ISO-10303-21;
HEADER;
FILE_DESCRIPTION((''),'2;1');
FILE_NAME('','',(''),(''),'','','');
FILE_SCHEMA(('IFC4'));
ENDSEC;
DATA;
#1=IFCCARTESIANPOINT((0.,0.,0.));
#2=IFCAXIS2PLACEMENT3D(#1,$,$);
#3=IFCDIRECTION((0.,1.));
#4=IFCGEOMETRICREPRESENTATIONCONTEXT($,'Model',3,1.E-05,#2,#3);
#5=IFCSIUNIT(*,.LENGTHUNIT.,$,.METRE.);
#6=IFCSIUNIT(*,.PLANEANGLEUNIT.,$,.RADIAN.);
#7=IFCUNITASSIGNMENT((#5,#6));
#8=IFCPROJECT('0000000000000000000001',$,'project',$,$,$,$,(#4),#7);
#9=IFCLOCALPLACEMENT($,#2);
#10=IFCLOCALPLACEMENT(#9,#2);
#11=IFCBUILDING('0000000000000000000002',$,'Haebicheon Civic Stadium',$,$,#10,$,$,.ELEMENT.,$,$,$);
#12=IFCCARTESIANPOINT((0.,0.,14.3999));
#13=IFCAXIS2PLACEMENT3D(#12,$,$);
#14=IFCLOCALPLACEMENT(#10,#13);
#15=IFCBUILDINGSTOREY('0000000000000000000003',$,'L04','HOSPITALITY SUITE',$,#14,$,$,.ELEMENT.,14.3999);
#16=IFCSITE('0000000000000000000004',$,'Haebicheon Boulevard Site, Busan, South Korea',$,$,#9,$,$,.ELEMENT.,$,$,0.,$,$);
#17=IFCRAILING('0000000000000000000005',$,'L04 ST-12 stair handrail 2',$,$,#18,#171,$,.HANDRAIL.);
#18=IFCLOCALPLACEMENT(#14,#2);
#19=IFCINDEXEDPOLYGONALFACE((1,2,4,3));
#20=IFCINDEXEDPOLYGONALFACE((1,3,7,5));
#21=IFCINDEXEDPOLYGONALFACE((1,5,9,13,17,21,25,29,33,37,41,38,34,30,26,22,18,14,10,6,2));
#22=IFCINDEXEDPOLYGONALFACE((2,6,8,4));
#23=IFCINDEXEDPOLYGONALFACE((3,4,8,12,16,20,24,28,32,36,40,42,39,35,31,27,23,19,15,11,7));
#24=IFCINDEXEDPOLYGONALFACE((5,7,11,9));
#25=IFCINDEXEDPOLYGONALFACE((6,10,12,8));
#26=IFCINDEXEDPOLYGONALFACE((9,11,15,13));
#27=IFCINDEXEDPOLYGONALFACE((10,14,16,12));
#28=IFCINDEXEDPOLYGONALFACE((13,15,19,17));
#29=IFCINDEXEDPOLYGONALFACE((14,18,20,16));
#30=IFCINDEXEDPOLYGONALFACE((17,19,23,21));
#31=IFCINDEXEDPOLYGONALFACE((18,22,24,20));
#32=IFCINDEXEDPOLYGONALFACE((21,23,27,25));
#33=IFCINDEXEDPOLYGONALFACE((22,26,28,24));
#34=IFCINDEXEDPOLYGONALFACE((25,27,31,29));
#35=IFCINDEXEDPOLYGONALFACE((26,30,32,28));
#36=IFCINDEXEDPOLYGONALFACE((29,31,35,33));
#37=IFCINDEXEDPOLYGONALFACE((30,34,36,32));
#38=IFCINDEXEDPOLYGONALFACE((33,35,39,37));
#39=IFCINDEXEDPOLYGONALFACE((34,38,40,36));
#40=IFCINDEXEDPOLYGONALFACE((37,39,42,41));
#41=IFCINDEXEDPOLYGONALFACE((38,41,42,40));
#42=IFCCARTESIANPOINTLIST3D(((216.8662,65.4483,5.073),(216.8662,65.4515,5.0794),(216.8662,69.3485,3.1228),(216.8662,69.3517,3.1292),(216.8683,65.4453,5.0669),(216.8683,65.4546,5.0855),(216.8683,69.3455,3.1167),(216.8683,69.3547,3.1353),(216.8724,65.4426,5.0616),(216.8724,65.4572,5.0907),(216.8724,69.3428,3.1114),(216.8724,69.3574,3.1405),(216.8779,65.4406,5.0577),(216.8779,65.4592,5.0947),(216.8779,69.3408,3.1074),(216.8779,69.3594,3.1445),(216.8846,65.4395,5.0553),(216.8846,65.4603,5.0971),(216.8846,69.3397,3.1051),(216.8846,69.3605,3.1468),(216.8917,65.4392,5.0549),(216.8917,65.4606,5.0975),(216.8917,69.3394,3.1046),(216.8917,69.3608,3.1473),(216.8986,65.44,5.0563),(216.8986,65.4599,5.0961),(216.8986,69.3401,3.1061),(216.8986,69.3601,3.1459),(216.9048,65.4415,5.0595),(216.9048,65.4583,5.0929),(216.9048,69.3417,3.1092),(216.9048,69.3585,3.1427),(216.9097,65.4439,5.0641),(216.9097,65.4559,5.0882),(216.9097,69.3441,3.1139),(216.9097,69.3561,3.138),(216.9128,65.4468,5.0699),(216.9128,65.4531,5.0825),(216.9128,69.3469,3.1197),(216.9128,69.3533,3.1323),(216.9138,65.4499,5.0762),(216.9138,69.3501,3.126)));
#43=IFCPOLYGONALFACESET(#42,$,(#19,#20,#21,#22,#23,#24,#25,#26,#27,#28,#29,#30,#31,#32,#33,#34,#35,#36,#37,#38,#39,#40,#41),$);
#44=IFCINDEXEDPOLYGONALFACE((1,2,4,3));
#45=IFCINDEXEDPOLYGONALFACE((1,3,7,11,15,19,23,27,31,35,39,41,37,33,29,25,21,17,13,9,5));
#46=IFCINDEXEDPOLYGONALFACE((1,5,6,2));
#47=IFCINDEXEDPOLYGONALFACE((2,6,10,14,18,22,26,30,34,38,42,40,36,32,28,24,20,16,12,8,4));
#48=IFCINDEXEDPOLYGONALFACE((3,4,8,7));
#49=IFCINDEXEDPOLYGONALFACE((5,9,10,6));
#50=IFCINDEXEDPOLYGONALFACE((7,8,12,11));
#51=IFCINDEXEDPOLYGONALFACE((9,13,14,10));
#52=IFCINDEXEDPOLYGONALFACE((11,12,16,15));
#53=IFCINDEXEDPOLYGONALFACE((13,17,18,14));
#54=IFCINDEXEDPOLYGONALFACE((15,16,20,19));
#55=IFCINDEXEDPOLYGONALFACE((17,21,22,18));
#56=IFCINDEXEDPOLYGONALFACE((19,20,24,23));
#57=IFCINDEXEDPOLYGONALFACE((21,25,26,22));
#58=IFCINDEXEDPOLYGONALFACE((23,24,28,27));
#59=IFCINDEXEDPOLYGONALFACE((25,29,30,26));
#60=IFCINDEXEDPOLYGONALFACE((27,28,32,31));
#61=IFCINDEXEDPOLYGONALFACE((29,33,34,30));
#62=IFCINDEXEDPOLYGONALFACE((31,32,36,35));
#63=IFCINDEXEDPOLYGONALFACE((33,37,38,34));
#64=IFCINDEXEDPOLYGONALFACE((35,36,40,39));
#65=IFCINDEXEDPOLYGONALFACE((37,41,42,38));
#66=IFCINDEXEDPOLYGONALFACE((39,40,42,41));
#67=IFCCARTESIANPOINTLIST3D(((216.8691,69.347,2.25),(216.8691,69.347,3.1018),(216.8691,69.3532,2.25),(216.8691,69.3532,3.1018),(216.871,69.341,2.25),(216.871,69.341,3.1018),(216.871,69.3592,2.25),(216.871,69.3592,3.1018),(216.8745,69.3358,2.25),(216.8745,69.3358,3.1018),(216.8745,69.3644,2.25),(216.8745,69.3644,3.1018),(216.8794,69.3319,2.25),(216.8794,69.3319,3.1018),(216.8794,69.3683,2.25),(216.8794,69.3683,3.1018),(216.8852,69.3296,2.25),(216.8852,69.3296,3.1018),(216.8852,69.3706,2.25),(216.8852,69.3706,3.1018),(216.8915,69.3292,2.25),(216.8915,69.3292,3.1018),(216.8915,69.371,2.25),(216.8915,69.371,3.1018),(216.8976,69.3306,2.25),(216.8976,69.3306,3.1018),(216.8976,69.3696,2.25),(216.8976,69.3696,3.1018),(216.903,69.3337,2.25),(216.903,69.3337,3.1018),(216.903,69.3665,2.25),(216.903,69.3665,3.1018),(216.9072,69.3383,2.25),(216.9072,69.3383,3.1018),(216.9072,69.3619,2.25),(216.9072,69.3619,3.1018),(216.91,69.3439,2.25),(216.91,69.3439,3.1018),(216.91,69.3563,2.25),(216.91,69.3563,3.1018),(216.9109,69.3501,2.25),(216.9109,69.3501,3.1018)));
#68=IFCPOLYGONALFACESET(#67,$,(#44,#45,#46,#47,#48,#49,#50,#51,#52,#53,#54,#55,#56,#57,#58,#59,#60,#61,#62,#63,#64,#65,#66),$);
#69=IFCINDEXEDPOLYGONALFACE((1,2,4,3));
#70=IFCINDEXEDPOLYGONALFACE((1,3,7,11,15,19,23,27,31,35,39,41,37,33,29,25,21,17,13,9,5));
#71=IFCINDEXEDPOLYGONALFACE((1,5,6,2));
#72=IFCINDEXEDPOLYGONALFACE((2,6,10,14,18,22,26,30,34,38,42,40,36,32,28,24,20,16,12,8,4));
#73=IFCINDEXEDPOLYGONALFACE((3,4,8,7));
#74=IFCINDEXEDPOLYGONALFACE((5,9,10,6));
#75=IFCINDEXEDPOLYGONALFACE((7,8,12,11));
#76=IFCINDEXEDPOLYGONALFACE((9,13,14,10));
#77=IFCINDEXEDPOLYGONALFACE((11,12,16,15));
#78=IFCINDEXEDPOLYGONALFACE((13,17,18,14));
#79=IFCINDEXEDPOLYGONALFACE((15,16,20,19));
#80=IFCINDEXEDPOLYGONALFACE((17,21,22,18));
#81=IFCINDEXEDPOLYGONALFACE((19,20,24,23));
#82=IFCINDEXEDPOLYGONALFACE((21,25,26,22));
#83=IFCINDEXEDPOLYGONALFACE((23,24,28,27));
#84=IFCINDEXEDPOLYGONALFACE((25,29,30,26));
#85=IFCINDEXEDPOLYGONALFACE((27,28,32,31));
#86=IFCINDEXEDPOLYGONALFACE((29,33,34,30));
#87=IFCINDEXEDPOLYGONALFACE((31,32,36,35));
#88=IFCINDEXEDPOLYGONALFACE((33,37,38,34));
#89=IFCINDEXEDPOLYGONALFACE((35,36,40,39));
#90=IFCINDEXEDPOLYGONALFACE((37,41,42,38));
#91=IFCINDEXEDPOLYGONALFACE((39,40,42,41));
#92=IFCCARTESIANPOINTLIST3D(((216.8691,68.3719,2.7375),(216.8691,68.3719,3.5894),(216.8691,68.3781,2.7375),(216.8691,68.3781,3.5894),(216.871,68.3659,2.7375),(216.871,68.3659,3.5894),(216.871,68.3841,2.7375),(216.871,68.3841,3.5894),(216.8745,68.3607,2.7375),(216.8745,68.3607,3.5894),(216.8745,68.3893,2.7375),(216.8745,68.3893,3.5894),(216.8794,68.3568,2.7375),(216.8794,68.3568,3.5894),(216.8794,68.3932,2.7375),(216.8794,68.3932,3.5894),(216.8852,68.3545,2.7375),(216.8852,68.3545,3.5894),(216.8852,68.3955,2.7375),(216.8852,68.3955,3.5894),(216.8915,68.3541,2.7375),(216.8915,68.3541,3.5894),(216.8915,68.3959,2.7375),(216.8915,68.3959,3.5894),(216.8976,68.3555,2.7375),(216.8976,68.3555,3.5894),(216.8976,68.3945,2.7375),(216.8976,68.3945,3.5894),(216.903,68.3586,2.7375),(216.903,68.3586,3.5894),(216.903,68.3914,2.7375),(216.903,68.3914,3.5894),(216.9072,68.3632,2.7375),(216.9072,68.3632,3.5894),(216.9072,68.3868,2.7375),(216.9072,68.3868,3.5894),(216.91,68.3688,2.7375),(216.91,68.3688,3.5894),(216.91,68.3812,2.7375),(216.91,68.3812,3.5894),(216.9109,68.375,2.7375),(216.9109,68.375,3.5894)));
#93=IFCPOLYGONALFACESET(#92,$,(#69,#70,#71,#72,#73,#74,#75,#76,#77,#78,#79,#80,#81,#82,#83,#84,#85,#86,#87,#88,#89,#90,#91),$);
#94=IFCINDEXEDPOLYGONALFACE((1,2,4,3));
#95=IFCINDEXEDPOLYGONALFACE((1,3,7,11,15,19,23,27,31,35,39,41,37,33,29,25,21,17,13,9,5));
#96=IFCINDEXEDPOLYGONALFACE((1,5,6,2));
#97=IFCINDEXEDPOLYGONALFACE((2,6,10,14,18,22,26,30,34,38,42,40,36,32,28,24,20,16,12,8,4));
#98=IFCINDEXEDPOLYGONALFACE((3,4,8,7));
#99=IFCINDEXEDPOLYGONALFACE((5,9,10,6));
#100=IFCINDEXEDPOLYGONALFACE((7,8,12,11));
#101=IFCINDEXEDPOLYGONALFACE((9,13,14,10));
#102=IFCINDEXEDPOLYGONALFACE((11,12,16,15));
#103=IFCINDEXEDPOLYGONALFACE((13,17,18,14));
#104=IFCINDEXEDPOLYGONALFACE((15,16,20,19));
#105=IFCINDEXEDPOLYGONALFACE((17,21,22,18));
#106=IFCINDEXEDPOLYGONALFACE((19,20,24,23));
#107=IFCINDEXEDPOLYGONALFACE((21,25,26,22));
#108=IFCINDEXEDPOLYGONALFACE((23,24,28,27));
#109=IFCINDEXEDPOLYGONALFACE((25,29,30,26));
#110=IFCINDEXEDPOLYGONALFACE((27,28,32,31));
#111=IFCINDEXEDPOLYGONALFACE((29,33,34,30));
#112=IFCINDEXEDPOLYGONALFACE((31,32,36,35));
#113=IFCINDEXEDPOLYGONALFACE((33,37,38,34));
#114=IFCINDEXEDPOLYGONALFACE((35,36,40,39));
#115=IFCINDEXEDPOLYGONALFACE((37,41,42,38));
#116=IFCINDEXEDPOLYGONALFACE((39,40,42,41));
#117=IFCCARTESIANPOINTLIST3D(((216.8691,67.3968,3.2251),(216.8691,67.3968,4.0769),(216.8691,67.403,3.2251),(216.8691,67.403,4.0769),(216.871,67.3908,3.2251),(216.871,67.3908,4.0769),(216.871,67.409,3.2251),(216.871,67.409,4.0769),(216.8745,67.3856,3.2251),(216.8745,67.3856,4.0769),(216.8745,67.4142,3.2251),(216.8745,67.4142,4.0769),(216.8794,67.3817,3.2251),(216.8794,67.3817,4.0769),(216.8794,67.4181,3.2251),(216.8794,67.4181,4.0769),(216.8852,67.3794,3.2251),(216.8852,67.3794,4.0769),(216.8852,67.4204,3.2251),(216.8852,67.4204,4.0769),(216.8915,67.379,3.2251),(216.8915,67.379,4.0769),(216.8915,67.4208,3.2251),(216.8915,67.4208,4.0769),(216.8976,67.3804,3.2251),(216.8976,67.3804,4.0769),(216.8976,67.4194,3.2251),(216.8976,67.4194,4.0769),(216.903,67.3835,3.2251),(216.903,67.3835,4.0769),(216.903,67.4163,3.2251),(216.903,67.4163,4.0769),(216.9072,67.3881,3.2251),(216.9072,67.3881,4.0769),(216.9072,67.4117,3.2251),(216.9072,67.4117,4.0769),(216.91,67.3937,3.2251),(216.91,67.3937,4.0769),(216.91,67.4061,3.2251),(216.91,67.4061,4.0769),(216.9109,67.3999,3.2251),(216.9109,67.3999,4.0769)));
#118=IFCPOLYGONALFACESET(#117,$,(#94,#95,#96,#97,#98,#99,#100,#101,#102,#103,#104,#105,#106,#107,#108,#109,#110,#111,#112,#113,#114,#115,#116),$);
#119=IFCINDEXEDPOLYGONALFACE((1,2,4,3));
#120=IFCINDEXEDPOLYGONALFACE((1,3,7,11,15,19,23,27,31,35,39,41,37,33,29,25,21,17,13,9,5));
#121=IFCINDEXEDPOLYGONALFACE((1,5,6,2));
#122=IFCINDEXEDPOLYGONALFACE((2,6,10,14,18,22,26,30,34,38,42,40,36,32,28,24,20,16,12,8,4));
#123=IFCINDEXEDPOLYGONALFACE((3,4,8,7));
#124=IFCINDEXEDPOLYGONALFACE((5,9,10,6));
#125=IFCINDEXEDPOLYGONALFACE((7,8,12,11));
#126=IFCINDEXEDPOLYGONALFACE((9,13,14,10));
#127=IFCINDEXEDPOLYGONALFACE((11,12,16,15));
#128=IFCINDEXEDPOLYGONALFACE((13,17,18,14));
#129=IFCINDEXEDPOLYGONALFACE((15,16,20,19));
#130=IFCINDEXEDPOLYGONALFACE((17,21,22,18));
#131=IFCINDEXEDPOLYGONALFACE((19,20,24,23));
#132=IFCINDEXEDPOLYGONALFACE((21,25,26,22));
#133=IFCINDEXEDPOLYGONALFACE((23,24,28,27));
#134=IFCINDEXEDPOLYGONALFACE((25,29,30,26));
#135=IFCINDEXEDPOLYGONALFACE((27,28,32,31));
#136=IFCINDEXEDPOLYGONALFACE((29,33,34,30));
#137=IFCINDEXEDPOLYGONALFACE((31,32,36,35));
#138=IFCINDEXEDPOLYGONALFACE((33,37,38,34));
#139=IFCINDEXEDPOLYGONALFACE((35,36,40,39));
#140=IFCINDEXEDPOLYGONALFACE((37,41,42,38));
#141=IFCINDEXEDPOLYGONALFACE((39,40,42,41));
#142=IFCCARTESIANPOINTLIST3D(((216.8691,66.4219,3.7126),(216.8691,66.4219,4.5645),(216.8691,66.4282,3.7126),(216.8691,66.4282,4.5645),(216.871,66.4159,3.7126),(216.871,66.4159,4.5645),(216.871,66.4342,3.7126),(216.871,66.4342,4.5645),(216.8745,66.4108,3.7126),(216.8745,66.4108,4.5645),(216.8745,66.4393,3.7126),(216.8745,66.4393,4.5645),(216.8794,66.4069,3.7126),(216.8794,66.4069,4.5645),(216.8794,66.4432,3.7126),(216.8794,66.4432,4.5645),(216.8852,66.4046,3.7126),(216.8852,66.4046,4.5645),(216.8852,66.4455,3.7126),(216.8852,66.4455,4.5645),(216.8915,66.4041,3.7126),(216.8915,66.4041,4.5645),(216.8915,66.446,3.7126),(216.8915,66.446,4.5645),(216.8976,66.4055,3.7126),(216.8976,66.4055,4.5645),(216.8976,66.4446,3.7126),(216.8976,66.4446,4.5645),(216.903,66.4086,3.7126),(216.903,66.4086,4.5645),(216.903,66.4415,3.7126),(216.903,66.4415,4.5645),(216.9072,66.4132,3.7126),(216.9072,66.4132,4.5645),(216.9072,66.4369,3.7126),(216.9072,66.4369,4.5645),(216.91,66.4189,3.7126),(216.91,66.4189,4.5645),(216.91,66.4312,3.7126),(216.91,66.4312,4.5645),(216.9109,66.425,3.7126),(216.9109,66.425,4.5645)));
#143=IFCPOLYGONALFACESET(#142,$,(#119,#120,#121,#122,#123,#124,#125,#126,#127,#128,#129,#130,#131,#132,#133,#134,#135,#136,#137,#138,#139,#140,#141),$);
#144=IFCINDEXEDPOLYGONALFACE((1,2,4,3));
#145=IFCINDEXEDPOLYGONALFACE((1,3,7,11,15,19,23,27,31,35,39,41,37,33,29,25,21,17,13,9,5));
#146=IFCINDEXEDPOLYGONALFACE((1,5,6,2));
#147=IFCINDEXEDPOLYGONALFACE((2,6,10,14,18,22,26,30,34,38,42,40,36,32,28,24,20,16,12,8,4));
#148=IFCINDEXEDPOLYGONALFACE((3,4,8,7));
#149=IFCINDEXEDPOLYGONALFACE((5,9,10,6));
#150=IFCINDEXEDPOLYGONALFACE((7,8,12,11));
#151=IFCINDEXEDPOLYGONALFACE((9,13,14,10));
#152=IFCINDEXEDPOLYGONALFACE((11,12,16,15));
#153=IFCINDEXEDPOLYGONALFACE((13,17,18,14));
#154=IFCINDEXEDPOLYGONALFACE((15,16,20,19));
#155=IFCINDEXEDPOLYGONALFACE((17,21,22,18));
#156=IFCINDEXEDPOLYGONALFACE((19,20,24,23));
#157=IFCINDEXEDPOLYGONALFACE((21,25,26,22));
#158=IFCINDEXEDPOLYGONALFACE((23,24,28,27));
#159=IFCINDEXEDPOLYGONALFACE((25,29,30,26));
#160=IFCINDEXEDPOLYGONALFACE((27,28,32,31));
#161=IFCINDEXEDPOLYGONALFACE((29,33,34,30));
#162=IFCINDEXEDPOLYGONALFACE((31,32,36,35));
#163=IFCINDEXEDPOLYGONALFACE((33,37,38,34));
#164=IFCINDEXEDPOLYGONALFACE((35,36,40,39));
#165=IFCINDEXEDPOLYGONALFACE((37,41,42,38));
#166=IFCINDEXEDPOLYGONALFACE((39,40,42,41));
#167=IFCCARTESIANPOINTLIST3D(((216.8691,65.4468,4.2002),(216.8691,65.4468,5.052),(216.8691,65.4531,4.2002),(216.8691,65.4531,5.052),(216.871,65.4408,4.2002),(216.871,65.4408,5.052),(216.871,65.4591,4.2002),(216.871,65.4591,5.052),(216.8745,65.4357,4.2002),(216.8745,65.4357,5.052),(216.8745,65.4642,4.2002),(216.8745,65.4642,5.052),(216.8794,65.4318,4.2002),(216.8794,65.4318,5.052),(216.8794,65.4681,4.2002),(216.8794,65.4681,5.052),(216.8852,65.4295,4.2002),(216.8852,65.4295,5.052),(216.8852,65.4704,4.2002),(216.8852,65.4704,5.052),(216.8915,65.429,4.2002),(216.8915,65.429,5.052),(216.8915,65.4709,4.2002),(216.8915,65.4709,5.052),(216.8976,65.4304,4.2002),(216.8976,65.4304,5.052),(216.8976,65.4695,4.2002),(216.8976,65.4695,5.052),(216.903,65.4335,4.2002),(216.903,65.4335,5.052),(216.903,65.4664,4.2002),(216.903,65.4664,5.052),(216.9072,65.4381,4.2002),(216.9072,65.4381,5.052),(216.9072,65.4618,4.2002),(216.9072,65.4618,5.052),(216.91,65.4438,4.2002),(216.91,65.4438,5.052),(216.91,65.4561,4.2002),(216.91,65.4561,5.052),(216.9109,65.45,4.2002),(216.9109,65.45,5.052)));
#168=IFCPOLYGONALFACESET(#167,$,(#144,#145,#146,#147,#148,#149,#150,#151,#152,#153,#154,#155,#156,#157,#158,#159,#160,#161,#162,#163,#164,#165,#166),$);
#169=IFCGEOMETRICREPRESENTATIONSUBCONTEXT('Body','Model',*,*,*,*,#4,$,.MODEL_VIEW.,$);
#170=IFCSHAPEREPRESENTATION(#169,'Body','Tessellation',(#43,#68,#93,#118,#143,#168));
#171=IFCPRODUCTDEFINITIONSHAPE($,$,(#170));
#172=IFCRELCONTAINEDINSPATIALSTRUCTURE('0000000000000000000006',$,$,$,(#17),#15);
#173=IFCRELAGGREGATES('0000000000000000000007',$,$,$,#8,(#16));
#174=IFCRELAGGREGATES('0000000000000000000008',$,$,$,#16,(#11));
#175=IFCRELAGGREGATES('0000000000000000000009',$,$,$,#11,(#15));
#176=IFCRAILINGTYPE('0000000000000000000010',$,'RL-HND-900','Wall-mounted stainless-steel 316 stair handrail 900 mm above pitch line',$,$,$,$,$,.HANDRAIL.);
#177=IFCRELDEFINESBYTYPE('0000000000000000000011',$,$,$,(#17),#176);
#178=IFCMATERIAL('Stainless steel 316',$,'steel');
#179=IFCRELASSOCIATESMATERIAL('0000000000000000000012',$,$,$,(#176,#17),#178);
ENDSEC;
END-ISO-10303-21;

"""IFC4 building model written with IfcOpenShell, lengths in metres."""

from ifc_helpers import new_model, si_unit, direction, frame, origin, origin_2d, place, context, subcontext, project, spatial, circle, extrude, material, type_object, element, save


model = new_model("IFC4")

# Units and contexts
model_context = context("Model", 3, precision=1e-05, world=origin(), true_north=direction((0.0, 1.0)))
body_context = subcontext(model_context, "Body", "Model", "MODEL_VIEW")
ifc_project = project(units=[si_unit("LENGTHUNIT", "METRE"), si_unit("PLANEANGLEUNIT", "RADIAN")], contexts=[model_context])

# Site, building, storey
site_placement = place(None, origin())
site = spatial("IfcSite", under=ifc_project, at=site_placement, Name="Haebicheon Boulevard Site, Busan, South Korea", CompositionType="ELEMENT", RefElevation=0.0)
building_placement = place(site_placement, origin())
building = spatial("IfcBuilding", under=site, at=building_placement, Name="Haebicheon Civic Stadium", CompositionType="ELEMENT")
storey_placement = place(building_placement, frame((0.0, 0.0, 14.3999)))
storey = spatial("IfcBuildingStorey", under=building, at=storey_placement, Name="L04", Description="HOSPITALITY SUITE", CompositionType="ELEMENT", Elevation=14.3999)

# Railing
ifc_material_1 = material(Name="Stainless steel 316", Category="steel")
railing_type_1 = type_object("IfcRailingType", Name="RL-HND-900", Description="Wall-mounted stainless-steel 316 stair handrail 900 mm above pitch line", PredefinedType="HANDRAIL", material=ifc_material_1)
railing_1_placement = place(storey_placement, frame((216.8899, 69.3501, 2.25)))
element("IfcRailing", 1, at=railing_1_placement, inside=storey, type_object=railing_type_1, material=ifc_material_1, Name="L04 ST-12 stair handrail 2", PredefinedType="HANDRAIL", context=body_context, shape_type="SweptSolid", body=[
    extrude(circle(Radius=0.0239, at=origin_2d()), frame((0.0, 0.0, 0.876), z_axis=(0.0, -0.894416, 0.447236), x_axis=(1.0, 0.0, 0.0)), (0.0, 0.0, 1.0), 4.3606),
    extrude(circle(Radius=0.021, at=origin_2d()), origin(), (0.0, 0.0, 1.0), 0.8518),
    extrude(circle(Radius=0.021, at=origin_2d()), frame((0.0, -0.9751, 0.4875)), (0.0, 0.0, 1.0), 0.8518),
    extrude(circle(Radius=0.021, at=origin_2d()), frame((0.0, -1.9502, 0.9751)), (0.0, 0.0, 1.0), 0.8518),
    extrude(circle(Radius=0.021, at=origin_2d()), frame((0.0, -2.925, 1.4626)), (0.0, 0.0, 1.0), 0.8518),
    extrude(circle(Radius=0.021, at=origin_2d()), frame((0.0, -3.9001, 1.9502)), (0.0, 0.0, 1.0), 0.8518),
])

save(model, "model.ifc")
